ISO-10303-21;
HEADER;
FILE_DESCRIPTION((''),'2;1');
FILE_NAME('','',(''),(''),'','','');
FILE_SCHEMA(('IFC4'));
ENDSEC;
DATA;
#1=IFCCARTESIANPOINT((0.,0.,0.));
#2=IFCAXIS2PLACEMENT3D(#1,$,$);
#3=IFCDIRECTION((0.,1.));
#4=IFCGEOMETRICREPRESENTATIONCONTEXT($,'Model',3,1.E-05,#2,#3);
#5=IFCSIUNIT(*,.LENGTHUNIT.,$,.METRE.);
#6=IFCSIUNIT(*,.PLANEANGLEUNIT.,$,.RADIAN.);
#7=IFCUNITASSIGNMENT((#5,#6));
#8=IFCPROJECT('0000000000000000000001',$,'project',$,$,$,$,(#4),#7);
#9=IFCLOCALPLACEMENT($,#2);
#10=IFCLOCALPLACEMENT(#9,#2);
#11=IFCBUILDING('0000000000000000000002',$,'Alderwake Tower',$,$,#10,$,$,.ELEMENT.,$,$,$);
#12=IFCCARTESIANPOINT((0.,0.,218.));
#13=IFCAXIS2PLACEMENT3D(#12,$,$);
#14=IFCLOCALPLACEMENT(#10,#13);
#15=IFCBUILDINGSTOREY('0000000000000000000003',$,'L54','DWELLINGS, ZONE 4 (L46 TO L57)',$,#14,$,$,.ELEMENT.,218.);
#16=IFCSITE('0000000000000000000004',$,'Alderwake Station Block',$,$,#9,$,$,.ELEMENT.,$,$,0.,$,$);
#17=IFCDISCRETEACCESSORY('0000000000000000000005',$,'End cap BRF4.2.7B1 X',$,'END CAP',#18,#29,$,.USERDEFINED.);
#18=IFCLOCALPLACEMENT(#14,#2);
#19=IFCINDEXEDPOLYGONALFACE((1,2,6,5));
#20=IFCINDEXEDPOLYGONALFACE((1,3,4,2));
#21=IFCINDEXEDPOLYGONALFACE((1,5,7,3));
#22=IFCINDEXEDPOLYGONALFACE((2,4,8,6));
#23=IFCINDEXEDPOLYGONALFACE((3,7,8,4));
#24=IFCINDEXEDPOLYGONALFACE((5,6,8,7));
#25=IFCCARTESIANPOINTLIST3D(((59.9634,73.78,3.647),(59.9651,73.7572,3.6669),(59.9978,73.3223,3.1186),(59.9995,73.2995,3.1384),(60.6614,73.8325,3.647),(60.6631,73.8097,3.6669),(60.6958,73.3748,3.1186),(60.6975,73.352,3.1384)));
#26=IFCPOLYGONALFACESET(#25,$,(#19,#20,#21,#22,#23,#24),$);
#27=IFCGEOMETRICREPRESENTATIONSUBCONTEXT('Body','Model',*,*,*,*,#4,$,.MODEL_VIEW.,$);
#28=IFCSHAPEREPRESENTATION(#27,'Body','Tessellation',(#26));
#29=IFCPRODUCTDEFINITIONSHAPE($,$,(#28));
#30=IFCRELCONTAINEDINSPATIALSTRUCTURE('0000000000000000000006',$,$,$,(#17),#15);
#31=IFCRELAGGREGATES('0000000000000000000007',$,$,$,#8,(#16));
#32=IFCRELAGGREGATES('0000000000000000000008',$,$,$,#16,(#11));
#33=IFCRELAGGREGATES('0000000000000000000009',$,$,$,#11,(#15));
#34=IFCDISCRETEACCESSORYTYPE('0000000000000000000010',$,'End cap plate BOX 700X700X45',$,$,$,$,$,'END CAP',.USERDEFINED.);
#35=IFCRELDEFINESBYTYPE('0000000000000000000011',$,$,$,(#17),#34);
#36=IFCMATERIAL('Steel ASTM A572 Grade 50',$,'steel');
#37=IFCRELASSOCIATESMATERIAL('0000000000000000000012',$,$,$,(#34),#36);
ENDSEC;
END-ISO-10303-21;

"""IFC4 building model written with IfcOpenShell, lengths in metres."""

from ifc_helpers import new_model, si_unit, direction, frame, origin, origin_2d, place, context, subcontext, project, spatial, rectangle, extrude, material, material_profile, profile_set, type_object, element, save


model = new_model("IFC4")

# Units and contexts
model_context = context("Model", 3, precision=1e-05, world=origin(), true_north=direction((0.0, 1.0)))
body_context = subcontext(model_context, "Body", "Model", "MODEL_VIEW")
ifc_project = project(units=[si_unit("LENGTHUNIT", "METRE"), si_unit("PLANEANGLEUNIT", "RADIAN")], contexts=[model_context])

# Site, building, storey
site_placement = place(None, origin())
site = spatial("IfcSite", under=ifc_project, at=site_placement, Name="Alderwake Station Block", CompositionType="ELEMENT", RefElevation=0.0)
building_placement = place(site_placement, origin())
building = spatial("IfcBuilding", under=site, at=building_placement, Name="Alderwake Tower", CompositionType="ELEMENT")
storey_placement = place(building_placement, frame((0.0, 0.0, 218.0)))
storey = spatial("IfcBuildingStorey", under=building, at=storey_placement, Name="L54", Description="DWELLINGS, ZONE 4 (L46 TO L57)", CompositionType="ELEMENT", Elevation=218.0)

# Discrete accessory
ifc_material_1 = material(Name="Steel ASTM A572 Grade 50", Category="steel")
ifc_material_profile_1 = material_profile(ifc_material_1, rectangle(XDim=0.7, YDim=0.7, at=origin_2d()), Name="BOX 700X700X45 cap")
ifc_profile_set_1 = profile_set([ifc_material_profile_1], Name="Steel ASTM A572 Grade 50")
discrete_accessory_type = type_object("IfcDiscreteAccessoryType", Name="End cap plate BOX 700X700X45", ElementType="END CAP", PredefinedType="USERDEFINED", material=ifc_profile_set_1)
discrete_accessory_placement = place(storey_placement, frame((60.3296, 73.5774, 3.3828), z_axis=(0.056668, -0.75287, 0.655725), x_axis=(0.997179, 0.075057, 0.0)))
element("IfcDiscreteAccessory", 1, at=discrete_accessory_placement, inside=storey, type_object=discrete_accessory_type, Name="End cap BRF4.2.7B1 X", ObjectType="END CAP", PredefinedType="USERDEFINED", context=body_context, shape_type="SweptSolid", body=[
    extrude(rectangle(XDim=0.7, YDim=0.7, at=origin_2d()), origin(), (0.0, 0.0, 1.0), 0.0303),
])

save(model, "model.ifc")
